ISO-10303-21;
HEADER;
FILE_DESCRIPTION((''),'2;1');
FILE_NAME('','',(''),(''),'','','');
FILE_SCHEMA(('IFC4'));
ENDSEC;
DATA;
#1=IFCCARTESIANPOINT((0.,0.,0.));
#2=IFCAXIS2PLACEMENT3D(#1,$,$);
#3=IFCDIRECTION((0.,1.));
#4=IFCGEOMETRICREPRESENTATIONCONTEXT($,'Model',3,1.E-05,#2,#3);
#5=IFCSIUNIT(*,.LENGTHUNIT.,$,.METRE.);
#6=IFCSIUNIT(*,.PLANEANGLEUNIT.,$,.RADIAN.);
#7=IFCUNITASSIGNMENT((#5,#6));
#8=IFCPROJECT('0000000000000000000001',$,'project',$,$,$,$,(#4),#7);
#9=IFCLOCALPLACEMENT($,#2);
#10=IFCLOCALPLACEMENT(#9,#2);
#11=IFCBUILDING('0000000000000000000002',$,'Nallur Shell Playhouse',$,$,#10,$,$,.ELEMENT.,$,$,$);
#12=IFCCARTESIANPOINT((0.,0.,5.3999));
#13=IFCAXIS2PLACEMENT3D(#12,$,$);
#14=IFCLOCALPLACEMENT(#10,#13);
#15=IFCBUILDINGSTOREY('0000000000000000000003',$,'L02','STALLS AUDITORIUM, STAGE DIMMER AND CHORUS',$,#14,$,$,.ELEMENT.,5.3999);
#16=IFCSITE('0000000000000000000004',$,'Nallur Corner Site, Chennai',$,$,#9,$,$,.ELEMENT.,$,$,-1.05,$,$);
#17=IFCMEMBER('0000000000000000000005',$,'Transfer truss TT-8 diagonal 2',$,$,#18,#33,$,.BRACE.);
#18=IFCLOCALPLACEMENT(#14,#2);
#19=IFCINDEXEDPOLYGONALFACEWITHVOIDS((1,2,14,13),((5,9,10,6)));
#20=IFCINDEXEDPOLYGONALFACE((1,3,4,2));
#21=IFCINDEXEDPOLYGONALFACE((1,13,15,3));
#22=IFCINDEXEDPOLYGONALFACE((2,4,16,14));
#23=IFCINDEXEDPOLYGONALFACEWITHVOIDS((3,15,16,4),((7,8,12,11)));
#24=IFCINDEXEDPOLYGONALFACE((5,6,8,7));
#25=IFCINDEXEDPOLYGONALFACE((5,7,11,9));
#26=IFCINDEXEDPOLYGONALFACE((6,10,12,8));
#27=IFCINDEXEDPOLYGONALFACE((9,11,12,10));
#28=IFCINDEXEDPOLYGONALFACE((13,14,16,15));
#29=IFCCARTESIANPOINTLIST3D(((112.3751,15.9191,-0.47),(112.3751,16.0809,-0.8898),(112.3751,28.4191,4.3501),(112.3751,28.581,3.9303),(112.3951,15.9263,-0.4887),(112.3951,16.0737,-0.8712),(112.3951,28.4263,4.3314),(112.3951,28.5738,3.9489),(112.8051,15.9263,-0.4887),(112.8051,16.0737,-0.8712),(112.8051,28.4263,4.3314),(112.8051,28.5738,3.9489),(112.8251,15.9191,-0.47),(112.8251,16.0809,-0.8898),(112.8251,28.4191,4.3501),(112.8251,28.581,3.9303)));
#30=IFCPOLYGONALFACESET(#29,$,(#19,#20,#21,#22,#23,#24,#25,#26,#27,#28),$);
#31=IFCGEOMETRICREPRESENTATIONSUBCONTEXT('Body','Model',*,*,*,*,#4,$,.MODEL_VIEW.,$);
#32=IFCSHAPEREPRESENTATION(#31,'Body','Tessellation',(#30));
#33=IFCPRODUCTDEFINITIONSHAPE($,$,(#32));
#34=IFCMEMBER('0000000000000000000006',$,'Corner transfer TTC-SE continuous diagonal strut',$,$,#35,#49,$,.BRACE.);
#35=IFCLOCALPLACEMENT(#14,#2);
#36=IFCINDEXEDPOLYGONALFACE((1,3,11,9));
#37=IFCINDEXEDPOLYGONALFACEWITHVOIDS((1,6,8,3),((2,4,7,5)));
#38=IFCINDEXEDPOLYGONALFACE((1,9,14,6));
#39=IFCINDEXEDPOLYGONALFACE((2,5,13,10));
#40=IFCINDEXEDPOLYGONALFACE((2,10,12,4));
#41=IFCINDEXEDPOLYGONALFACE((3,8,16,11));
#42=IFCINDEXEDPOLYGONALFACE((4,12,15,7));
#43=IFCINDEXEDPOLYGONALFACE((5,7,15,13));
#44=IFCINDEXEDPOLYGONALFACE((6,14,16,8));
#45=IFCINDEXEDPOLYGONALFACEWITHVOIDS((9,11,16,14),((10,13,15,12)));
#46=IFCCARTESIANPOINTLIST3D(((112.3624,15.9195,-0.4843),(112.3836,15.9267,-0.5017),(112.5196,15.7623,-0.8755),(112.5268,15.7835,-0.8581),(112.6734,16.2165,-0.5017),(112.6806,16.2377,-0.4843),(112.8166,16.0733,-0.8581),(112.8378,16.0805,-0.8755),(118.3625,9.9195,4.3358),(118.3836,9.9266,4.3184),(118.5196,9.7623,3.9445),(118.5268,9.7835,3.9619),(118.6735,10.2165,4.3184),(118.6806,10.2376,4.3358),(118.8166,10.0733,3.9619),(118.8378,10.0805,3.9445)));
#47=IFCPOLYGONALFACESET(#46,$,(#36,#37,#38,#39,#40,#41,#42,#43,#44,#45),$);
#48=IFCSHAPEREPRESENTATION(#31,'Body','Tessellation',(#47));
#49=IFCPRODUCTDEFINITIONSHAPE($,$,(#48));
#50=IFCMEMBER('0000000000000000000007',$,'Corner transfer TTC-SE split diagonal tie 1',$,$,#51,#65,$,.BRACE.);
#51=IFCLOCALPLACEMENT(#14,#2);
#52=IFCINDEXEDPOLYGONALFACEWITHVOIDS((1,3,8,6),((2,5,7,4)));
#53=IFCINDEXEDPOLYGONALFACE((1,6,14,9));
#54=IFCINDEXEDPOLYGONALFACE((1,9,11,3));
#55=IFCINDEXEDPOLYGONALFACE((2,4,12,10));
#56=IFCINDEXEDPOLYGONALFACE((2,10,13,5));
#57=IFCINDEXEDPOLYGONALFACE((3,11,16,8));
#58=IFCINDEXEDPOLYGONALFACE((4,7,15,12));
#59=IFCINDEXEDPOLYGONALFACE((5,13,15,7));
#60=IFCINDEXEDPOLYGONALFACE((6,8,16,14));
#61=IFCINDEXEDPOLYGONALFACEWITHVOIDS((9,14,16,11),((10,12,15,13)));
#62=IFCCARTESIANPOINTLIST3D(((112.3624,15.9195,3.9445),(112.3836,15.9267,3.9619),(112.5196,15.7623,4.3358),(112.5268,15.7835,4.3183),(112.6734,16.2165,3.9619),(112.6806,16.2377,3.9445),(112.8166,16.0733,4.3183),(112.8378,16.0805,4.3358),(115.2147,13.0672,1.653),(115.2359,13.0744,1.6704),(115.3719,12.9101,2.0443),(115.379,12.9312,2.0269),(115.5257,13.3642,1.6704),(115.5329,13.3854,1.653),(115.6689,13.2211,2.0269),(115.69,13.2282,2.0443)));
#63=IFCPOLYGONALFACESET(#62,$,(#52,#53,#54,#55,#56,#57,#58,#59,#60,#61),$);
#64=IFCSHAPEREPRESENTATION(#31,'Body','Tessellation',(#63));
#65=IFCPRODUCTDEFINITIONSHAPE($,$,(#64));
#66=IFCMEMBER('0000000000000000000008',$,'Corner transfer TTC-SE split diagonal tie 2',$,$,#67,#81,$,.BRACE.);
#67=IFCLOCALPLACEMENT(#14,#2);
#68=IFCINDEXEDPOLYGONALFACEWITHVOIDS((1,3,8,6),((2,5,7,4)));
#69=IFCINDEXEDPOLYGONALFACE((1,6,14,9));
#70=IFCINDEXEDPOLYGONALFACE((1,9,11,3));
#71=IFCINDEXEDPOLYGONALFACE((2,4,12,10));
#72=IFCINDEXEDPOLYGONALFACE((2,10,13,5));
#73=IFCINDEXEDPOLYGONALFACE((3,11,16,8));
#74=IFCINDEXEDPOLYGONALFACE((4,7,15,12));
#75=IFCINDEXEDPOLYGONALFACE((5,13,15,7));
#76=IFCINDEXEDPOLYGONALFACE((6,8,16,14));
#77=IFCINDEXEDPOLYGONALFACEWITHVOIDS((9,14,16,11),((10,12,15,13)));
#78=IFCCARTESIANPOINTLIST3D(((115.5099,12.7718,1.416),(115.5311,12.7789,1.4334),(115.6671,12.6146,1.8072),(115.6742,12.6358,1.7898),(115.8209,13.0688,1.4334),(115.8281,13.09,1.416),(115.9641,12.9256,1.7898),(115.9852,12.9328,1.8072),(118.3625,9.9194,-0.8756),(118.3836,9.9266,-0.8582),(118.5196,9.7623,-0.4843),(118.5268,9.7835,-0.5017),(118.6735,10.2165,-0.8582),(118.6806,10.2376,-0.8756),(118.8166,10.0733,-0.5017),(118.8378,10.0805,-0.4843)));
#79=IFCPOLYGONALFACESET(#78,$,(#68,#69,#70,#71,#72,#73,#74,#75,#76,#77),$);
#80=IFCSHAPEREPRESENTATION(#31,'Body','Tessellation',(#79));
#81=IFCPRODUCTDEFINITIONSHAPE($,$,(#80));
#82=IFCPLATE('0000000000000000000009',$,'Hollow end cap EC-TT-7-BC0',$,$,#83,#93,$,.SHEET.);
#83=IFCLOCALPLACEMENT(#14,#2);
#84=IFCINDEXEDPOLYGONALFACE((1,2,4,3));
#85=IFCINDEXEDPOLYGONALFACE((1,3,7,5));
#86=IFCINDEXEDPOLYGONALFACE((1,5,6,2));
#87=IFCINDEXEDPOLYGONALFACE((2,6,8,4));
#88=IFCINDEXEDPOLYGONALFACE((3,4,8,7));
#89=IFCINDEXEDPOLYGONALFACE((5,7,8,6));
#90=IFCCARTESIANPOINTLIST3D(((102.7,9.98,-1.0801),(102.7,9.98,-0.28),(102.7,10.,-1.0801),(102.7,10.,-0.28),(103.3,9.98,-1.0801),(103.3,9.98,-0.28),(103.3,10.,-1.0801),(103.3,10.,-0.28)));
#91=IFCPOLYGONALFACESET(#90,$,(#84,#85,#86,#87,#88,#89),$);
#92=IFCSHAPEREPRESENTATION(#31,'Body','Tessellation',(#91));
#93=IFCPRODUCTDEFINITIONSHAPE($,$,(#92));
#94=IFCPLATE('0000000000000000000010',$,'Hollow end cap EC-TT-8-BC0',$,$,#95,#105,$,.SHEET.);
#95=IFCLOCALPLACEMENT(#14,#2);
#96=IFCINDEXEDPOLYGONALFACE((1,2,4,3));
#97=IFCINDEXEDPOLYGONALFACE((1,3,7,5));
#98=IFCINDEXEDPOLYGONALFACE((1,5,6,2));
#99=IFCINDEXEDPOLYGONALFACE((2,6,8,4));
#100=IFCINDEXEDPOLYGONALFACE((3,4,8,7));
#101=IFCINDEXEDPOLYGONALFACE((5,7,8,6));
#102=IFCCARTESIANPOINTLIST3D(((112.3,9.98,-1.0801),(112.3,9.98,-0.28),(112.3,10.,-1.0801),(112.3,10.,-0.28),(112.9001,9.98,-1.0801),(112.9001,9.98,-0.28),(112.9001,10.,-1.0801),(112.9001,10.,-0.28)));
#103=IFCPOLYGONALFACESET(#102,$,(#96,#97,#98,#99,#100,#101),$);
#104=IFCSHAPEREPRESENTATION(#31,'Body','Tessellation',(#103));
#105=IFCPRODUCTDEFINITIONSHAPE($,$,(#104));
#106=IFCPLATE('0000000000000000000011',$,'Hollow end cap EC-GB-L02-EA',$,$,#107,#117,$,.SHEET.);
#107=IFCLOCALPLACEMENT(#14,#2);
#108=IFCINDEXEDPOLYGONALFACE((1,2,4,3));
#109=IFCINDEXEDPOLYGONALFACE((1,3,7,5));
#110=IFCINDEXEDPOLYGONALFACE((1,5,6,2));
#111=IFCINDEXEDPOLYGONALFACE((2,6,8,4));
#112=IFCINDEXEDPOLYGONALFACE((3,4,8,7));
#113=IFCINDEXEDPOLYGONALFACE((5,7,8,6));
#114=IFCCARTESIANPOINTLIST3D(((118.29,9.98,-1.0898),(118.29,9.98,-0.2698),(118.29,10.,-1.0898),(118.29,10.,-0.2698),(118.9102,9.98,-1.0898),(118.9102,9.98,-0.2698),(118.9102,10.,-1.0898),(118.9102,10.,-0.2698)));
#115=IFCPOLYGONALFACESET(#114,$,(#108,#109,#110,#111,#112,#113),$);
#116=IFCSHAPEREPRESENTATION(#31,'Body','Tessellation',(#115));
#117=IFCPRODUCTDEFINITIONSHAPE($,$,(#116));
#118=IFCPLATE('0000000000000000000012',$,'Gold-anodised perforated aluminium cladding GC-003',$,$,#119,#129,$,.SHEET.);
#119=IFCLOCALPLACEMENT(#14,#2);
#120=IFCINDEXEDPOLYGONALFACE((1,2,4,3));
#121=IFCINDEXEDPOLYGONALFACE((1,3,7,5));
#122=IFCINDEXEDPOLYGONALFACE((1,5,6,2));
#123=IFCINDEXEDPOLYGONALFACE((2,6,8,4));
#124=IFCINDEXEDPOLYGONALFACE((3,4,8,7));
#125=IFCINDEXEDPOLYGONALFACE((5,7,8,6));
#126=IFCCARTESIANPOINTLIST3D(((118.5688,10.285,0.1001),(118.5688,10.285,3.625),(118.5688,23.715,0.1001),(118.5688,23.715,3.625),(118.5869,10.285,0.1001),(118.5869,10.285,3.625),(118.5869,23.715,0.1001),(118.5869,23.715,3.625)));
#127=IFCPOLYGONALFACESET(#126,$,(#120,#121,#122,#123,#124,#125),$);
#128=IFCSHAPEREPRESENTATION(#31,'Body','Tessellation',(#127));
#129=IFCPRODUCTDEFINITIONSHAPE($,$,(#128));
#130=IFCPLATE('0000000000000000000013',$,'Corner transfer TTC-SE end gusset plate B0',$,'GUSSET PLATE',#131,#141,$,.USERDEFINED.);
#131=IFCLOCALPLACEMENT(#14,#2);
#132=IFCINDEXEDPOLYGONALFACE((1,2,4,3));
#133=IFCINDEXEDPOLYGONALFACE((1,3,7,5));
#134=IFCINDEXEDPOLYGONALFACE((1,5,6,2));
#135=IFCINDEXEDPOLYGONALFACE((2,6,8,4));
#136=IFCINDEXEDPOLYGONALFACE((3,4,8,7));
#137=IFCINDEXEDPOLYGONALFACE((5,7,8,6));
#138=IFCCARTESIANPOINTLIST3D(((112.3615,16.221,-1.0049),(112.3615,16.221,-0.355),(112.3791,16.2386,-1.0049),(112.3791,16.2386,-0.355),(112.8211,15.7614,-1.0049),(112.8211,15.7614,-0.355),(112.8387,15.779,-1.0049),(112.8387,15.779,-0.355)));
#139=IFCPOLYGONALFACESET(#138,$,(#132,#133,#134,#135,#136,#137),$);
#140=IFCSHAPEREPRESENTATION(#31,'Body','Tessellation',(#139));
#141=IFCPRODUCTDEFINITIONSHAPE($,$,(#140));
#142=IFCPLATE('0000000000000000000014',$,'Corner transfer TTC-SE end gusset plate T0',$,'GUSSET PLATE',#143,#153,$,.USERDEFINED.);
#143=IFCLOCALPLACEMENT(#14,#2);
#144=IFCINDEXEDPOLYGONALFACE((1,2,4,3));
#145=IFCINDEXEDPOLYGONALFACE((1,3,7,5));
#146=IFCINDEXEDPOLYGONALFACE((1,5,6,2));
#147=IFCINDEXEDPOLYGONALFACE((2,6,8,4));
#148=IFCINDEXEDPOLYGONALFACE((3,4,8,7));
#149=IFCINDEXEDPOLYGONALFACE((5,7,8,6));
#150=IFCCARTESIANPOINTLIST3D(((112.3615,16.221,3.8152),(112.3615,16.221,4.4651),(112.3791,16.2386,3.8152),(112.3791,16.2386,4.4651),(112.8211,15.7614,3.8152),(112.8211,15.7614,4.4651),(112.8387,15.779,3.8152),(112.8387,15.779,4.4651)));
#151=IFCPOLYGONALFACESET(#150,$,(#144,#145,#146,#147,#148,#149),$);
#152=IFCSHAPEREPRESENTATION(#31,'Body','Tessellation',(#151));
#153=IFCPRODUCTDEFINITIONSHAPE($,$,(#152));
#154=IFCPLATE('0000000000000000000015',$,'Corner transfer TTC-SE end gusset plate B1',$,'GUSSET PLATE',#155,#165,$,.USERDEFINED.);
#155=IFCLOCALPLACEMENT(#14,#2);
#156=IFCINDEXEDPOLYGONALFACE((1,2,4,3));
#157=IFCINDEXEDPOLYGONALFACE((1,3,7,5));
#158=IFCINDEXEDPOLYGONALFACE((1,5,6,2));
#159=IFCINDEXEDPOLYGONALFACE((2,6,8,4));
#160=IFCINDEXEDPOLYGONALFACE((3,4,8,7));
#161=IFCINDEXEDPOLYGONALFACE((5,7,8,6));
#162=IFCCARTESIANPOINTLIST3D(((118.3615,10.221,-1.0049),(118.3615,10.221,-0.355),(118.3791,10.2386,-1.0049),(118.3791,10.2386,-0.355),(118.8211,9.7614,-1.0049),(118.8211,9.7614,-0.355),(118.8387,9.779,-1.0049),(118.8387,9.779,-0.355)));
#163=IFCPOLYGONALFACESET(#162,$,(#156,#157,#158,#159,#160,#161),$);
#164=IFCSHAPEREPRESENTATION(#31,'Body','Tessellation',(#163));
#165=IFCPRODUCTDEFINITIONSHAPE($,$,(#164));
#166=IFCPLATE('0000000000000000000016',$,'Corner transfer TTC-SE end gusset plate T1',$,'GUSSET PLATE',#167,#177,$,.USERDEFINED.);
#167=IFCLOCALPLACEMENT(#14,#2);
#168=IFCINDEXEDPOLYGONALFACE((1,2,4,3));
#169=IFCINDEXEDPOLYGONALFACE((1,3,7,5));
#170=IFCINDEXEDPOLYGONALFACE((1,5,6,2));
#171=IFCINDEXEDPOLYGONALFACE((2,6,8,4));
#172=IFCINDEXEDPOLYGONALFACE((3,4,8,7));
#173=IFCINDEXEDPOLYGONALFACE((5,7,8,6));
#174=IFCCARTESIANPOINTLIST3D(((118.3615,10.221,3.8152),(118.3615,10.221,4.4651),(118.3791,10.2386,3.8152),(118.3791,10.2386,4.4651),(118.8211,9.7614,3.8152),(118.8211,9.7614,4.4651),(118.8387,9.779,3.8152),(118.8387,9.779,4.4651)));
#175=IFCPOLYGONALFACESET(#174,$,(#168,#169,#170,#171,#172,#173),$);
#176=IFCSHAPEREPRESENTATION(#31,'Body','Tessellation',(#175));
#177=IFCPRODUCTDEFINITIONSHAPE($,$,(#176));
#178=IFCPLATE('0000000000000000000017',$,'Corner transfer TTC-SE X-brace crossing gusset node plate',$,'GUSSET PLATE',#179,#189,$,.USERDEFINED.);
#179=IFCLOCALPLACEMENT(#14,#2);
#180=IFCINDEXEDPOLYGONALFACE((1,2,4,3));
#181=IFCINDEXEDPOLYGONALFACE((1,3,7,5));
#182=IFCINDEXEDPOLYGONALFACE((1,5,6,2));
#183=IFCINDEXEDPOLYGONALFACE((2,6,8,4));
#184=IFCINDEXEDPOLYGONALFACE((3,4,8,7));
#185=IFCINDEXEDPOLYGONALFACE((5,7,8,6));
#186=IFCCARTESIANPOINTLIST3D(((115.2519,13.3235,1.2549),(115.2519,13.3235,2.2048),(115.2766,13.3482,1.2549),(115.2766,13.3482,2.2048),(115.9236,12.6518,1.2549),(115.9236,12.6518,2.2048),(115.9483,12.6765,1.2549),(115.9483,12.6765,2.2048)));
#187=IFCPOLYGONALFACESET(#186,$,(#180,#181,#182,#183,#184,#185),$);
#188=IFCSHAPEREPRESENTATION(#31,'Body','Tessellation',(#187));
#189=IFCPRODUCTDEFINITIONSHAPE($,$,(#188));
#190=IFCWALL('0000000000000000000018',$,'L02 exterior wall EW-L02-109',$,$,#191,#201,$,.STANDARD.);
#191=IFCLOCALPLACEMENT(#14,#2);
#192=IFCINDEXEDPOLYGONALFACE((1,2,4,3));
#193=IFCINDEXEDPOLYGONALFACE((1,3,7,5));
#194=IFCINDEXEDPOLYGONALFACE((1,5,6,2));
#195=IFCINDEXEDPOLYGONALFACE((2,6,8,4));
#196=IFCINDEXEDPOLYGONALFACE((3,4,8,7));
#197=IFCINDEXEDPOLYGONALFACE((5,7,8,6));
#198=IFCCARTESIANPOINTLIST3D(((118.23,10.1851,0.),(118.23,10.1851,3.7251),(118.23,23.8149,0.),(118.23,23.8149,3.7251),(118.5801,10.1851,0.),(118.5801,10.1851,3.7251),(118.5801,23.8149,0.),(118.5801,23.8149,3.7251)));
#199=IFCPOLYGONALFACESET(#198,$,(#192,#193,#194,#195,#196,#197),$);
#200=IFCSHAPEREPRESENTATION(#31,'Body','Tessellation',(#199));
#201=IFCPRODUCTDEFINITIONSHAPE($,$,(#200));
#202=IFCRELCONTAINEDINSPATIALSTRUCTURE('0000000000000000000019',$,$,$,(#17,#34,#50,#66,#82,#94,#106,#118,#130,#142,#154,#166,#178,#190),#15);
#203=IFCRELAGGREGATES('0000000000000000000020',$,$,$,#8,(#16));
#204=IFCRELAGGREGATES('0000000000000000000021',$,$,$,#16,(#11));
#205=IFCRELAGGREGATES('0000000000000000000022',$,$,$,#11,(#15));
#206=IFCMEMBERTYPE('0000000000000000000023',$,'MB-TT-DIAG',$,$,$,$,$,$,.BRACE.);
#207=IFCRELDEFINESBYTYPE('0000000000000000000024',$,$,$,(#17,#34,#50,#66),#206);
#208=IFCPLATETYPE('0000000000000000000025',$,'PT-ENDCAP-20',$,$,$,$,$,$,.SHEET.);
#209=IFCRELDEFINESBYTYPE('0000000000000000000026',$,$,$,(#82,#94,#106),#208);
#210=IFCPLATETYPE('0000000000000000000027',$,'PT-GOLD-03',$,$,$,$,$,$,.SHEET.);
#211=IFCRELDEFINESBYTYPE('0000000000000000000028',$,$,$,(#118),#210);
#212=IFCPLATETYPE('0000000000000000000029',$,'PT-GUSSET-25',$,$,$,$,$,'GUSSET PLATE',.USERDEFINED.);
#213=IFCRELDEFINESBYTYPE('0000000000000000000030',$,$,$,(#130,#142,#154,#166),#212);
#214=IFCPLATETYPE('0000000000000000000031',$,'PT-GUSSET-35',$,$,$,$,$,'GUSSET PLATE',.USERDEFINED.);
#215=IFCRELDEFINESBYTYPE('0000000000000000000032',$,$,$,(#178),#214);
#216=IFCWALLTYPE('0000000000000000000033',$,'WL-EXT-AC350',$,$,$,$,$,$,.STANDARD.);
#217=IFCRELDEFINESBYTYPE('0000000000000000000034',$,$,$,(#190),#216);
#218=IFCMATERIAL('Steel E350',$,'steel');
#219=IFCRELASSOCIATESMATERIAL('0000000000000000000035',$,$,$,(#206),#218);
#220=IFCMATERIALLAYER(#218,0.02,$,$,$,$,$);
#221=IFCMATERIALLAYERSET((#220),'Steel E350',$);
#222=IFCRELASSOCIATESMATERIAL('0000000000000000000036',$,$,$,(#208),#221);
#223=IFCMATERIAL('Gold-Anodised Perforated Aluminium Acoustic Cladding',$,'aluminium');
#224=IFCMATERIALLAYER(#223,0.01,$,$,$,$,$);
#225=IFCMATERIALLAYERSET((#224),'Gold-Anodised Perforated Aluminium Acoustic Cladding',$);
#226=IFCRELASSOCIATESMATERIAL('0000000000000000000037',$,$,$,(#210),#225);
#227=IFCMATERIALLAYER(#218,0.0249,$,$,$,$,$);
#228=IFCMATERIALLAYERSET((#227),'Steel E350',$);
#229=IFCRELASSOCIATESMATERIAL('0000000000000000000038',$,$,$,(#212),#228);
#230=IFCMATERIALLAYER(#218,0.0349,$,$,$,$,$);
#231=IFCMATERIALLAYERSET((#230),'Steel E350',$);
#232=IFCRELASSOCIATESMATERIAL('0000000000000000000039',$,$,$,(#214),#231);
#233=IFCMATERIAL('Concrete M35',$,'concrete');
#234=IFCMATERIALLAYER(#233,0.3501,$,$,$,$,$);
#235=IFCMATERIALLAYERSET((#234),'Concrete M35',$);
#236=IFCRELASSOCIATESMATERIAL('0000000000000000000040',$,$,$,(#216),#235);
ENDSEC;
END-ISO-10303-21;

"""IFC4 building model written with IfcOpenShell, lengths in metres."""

from ifc_helpers import new_model, si_unit, direction, frame, frame_2d, origin, origin_2d, place, context, subcontext, project, spatial, rectangle, hollow_rectangle, extrude, material, layer, layer_set, material_profile, profile_set, type_object, element, save


model = new_model("IFC4")

# Units and contexts
model_context = context("Model", 3, precision=1e-05, world=origin(), true_north=direction((0.0, 1.0)))
body_context = subcontext(model_context, "Body", "Model", "MODEL_VIEW")
ifc_project = project(units=[si_unit("LENGTHUNIT", "METRE"), si_unit("PLANEANGLEUNIT", "RADIAN")], contexts=[model_context])

# Site, building, storey
site_placement = place(None, origin())
site = spatial("IfcSite", under=ifc_project, at=site_placement, Name="Nallur Corner Site, Chennai", CompositionType="ELEMENT", RefElevation=-1.05)
building_placement = place(site_placement, origin())
building = spatial("IfcBuilding", under=site, at=building_placement, Name="Nallur Shell Playhouse", CompositionType="ELEMENT")
storey_placement = place(building_placement, frame((0.0, 0.0, 5.3999)))
storey = spatial("IfcBuildingStorey", under=building, at=storey_placement, Name="L02", Description="STALLS AUDITORIUM, STAGE DIMMER AND CHORUS", CompositionType="ELEMENT", Elevation=5.3999)

# Shared definitions
ifc_material_1 = material(Name="Steel E350", Category="steel")

# Members
ifc_material_profile_1 = material_profile(ifc_material_1, hollow_rectangle(XDim=0.45, YDim=0.45, WallThickness=0.02, at=origin_2d()), Name="BOX 450x450x20")
ifc_profile_set_1 = profile_set([ifc_material_profile_1], Name="Steel E350")
member_type_1 = type_object("IfcMemberType", Name="MB-TT-DIAG", PredefinedType="BRACE", material=ifc_profile_set_1)
member_1_placement = place(storey_placement, frame((112.6001, 16.0, -0.6799), z_axis=(0.0, 0.933036, 0.359784), x_axis=(-1.0, 0.0, 0.0)))
element("IfcMember", 1, at=member_1_placement, inside=storey, type_object=member_type_1, Name="Transfer truss TT-8 diagonal 2", PredefinedType="BRACE", context=body_context, shape_type="SweptSolid", body=[
    extrude(hollow_rectangle(XDim=0.45, YDim=0.45, WallThickness=0.02, at=origin_2d()), origin(), (0.0, 0.0, 1.0), 13.3972),
])
member_2_placement = place(storey_placement, frame((112.6001, 16.0, -0.6799), z_axis=(0.614833, -0.614833, 0.493923), x_axis=(0.707107, 0.707107, 0.0)))
element("IfcMember", 2, at=member_2_placement, inside=storey, type_object=member_type_1, Name="Corner transfer TTC-SE continuous diagonal strut", PredefinedType="BRACE", context=body_context, shape_type="SweptSolid", body=[
    extrude(hollow_rectangle(XDim=0.45, YDim=0.45, WallThickness=0.02, at=origin_2d()), origin(), (0.0, 0.0, 1.0), 9.7588),
])
member_3_placement = place(storey_placement, frame((112.6001, 16.0, 4.1401), z_axis=(0.614825, -0.614825, -0.493944), x_axis=(0.707107, 0.707107, 0.0)))
element("IfcMember", 3, at=member_3_placement, inside=storey, type_object=member_type_1, Name="Corner transfer TTC-SE split diagonal tie 1", PredefinedType="BRACE", context=body_context, shape_type="SweptSolid", body=[
    extrude(hollow_rectangle(XDim=0.45, YDim=0.45, WallThickness=0.02, at=origin_2d()), origin(), (0.0, 0.0, 1.0), 4.6392),
])
member_4_placement = place(storey_placement, frame((115.7476, 12.8523, 1.6116), z_axis=(0.614858, -0.614805, -0.493928), x_axis=(0.707077, 0.707137, 0.0)))
element("IfcMember", 4, at=member_4_placement, inside=storey, type_object=member_type_1, Name="Corner transfer TTC-SE split diagonal tie 2", PredefinedType="BRACE", context=body_context, shape_type="SweptSolid", body=[
    extrude(hollow_rectangle(XDim=0.45, YDim=0.45, WallThickness=0.02, at=origin_2d()), origin(), (0.0, 0.0, 1.0), 4.6394),
])

# Plates
ifc_layer_1 = layer(ifc_material_1, 0.02)
ifc_layer_set_1 = layer_set([ifc_layer_1], Name="Steel E350")
plate_type_1 = type_object("IfcPlateType", Name="PT-ENDCAP-20", PredefinedType="SHEET", material=ifc_layer_set_1)
for number, where, z_axis, x_axis, name in (
    (5, (103.0, 9.99, -1.0801), (0.0, 0.0, 1.0), (1.0, 0.0, 0.0), "Hollow end cap EC-TT-7-BC0"),
    (6, (112.6001, 9.99, -1.0801), (0.0, 0.0, 1.0), (1.0, 0.0, 0.0), "Hollow end cap EC-TT-8-BC0"),
):
    element("IfcPlate", number, at=place(storey_placement, frame(where, z_axis=z_axis, x_axis=x_axis)), inside=storey, type_object=plate_type_1, Name=name, PredefinedType="SHEET", context=body_context, shape_type="SweptSolid", body=[
        extrude(rectangle(XDim=0.6001, YDim=0.02, at=origin_2d()), origin(), (0.0, 0.0, 1.0), 0.8),
    ])
plate_1_placement = place(storey_placement, frame((118.6001, 9.99, -1.0898), z_axis=(0.0, 0.0, 1.0), x_axis=(1.0, 0.0, 0.0)))
element("IfcPlate", 7, at=plate_1_placement, inside=storey, type_object=plate_type_1, Name="Hollow end cap EC-GB-L02-EA", PredefinedType="SHEET", context=body_context, shape_type="SweptSolid", body=[
    extrude(rectangle(XDim=0.6201, YDim=0.02, at=origin_2d()), origin(), (0.0, 0.0, 1.0), 0.8201),
])
ifc_material_2 = material(Name="Gold-Anodised Perforated Aluminium Acoustic Cladding", Category="aluminium")
ifc_layer_2 = layer(ifc_material_2, 0.01)
ifc_layer_set_2 = layer_set([ifc_layer_2], Name="Gold-Anodised Perforated Aluminium Acoustic Cladding")
plate_type_2 = type_object("IfcPlateType", Name="PT-GOLD-03", PredefinedType="SHEET", material=ifc_layer_set_2)
plate_2_placement = place(storey_placement, frame((118.5779, 17.0, 0.1001), z_axis=(0.0, 0.0, 1.0), x_axis=(0.0, -1.0, 0.0)))
element("IfcPlate", 8, at=plate_2_placement, inside=storey, type_object=plate_type_2, Name="Gold-anodised perforated aluminium cladding GC-003", PredefinedType="SHEET", context=body_context, shape_type="SweptSolid", body=[
    extrude(rectangle(XDim=13.4299, YDim=0.0181, at=origin_2d()), origin(), (0.0, 0.0, 1.0), 3.5249),
])
ifc_layer_3 = layer(ifc_material_1, 0.0249)
ifc_layer_set_3 = layer_set([ifc_layer_3], Name="Steel E350")
plate_type_3 = type_object("IfcPlateType", Name="PT-GUSSET-25", ElementType="GUSSET PLATE", PredefinedType="USERDEFINED", material=ifc_layer_set_3)
for number, where, z_axis, x_axis, name in (
    (9, (112.6001, 16.0, -1.0049), (0.0, 0.0, 1.0), (0.707107, -0.707107, 0.0), "Corner transfer TTC-SE end gusset plate B0"),
    (10, (112.6001, 16.0, 3.8152), (0.0, 0.0, 1.0), (0.707107, -0.707107, 0.0), "Corner transfer TTC-SE end gusset plate T0"),
    (11, (118.6001, 10.0, -1.0049), (0.0, 0.0, 1.0), (0.707107, -0.707107, 0.0), "Corner transfer TTC-SE end gusset plate B1"),
    (12, (118.6001, 10.0, 3.8152), (0.0, 0.0, 1.0), (0.707107, -0.707107, 0.0), "Corner transfer TTC-SE end gusset plate T1"),
):
    element("IfcPlate", number, at=place(storey_placement, frame(where, z_axis=z_axis, x_axis=x_axis)), inside=storey, type_object=plate_type_3, Name=name, ObjectType="GUSSET PLATE", PredefinedType="USERDEFINED", context=body_context, shape_type="SweptSolid", body=[
        extrude(rectangle(XDim=0.6499, YDim=0.0249, at=origin_2d()), origin(), (0.0, 0.0, 1.0), 0.6499),
    ])
ifc_layer_4 = layer(ifc_material_1, 0.0349)
ifc_layer_set_4 = layer_set([ifc_layer_4], Name="Steel E350")
plate_type_4 = type_object("IfcPlateType", Name="PT-GUSSET-35", ElementType="GUSSET PLATE", PredefinedType="USERDEFINED", material=ifc_layer_set_4)
plate_3_placement = place(storey_placement, frame((115.6001, 13.0, 1.2549), z_axis=(0.0, 0.0, 1.0), x_axis=(0.707107, -0.707107, 0.0)))
element("IfcPlate", 13, at=plate_3_placement, inside=storey, type_object=plate_type_4, Name="Corner transfer TTC-SE X-brace crossing gusset node plate", ObjectType="GUSSET PLATE", PredefinedType="USERDEFINED", context=body_context, shape_type="SweptSolid", body=[
    extrude(rectangle(XDim=0.95, YDim=0.0349, at=origin_2d()), origin(), (0.0, 0.0, 1.0), 0.95),
])

# Wall
ifc_material_3 = material(Name="Concrete M35", Category="concrete")
ifc_layer_5 = layer(ifc_material_3, 0.3501)
ifc_layer_set_5 = layer_set([ifc_layer_5], Name="Concrete M35")
wall_type_1 = type_object("IfcWallType", Name="WL-EXT-AC350", PredefinedType="STANDARD", material=ifc_layer_set_5)
wall_1_placement = place(storey_placement, frame((118.405, 23.8149, 0.0), z_axis=(0.0, 0.0, 1.0), x_axis=(0.0, -1.0, 0.0)))
element("IfcWall", 14, at=wall_1_placement, inside=storey, type_object=wall_type_1, Name="L02 exterior wall EW-L02-109", PredefinedType="STANDARD", context=body_context, shape_type="SweptSolid", body=[
    extrude(rectangle(XDim=13.6299, YDim=0.3501, at=frame_2d((6.8149, 0.0))), origin(), (0.0, 0.0, 1.0), 3.7251),
])

save(model, "model.ifc")
